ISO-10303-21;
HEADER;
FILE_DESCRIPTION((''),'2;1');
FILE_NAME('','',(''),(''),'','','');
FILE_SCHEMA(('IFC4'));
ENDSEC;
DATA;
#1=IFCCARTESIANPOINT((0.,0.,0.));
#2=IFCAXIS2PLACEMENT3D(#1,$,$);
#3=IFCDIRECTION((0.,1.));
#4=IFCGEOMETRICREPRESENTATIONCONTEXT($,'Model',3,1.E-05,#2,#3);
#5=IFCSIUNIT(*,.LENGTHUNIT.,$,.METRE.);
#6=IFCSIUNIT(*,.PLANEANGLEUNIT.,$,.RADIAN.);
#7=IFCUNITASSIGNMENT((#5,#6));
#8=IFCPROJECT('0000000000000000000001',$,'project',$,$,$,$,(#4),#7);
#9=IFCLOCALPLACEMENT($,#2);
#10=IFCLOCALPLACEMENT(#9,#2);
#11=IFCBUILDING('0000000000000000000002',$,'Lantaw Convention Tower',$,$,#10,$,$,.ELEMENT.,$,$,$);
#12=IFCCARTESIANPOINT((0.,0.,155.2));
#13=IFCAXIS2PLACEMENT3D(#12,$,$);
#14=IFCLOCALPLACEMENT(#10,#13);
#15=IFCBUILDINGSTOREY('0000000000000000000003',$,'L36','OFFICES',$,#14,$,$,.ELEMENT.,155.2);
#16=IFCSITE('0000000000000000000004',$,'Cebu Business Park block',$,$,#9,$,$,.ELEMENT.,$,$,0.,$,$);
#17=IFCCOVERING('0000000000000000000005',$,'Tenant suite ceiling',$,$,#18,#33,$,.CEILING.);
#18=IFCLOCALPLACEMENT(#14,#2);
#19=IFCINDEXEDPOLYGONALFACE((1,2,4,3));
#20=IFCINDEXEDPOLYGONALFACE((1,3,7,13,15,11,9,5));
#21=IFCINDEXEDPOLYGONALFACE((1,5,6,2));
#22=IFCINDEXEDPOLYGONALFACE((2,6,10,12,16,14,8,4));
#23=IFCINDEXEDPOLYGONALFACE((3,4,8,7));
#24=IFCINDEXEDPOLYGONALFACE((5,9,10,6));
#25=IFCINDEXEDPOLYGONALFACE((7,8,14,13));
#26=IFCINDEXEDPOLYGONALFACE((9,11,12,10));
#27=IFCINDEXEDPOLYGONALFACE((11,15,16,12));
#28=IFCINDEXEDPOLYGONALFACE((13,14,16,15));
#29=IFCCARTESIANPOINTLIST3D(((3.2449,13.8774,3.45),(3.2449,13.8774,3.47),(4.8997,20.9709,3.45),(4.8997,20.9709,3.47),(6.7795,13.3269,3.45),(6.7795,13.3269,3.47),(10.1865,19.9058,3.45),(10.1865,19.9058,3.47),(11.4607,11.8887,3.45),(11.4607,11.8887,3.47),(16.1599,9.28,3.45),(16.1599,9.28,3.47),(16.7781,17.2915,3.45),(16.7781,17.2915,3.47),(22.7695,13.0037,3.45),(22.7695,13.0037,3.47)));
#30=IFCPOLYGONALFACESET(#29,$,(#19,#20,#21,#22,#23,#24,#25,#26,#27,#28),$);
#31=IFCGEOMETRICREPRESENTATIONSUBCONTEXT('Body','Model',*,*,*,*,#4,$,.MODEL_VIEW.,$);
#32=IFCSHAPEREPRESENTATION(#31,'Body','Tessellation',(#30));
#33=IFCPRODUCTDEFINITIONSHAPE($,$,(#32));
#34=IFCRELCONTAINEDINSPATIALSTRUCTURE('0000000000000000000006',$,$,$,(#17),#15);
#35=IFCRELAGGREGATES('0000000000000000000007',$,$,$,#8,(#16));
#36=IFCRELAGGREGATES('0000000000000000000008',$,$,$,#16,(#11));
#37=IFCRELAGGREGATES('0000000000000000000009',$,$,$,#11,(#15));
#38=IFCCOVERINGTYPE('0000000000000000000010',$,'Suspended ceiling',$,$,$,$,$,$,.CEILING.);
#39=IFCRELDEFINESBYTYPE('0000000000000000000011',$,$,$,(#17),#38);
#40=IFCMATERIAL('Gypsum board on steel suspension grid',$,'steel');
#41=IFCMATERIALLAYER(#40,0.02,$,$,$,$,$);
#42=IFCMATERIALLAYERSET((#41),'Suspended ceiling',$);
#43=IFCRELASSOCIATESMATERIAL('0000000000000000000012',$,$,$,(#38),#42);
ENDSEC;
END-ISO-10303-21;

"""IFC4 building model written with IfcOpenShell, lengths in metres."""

from ifc_helpers import new_model, si_unit, direction, frame, origin, place, context, subcontext, project, spatial, polyline, outline, extrude, material, layer, layer_set, type_object, element, save


model = new_model("IFC4")

# Units and contexts
model_context = context("Model", 3, precision=1e-05, world=origin(), true_north=direction((0.0, 1.0)))
body_context = subcontext(model_context, "Body", "Model", "MODEL_VIEW")
ifc_project = project(units=[si_unit("LENGTHUNIT", "METRE"), si_unit("PLANEANGLEUNIT", "RADIAN")], contexts=[model_context])

# Site, building, storey
site_placement = place(None, origin())
site = spatial("IfcSite", under=ifc_project, at=site_placement, Name="Cebu Business Park block", CompositionType="ELEMENT", RefElevation=0.0)
building_placement = place(site_placement, origin())
building = spatial("IfcBuilding", under=site, at=building_placement, Name="Lantaw Convention Tower", CompositionType="ELEMENT")
storey_placement = place(building_placement, frame((0.0, 0.0, 155.2)))
storey = spatial("IfcBuildingStorey", under=building, at=storey_placement, Name="L36", Description="OFFICES", CompositionType="ELEMENT", Elevation=155.2)

# Covering
ifc_material_1 = material(Name="Gypsum board on steel suspension grid", Category="steel")
ifc_layer_1 = layer(ifc_material_1, 0.02)
ifc_layer_set_1 = layer_set([ifc_layer_1], Name="Suspended ceiling")
covering_type = type_object("IfcCoveringType", Name="Suspended ceiling", PredefinedType="CEILING", material=ifc_layer_set_1)
covering_1_placement = place(storey_placement, frame((0.0, 0.0, 3.45)))
element("IfcCovering", 1, at=covering_1_placement, inside=storey, type_object=covering_type, Name="Tenant suite ceiling", PredefinedType="CEILING", context=body_context, shape_type="SweptSolid", body=[
    extrude(outline(polyline([(16.1599, 9.28), (22.7695, 13.0037), (16.7781, 17.2915), (10.1865, 19.9058), (4.8997, 20.9709), (3.2449, 13.8774), (6.7795, 13.3269), (11.4607, 11.8887), (16.1599, 9.28)])), origin(), (0.0, 0.0, 1.0), 0.02),
])

save(model, "model.ifc")
